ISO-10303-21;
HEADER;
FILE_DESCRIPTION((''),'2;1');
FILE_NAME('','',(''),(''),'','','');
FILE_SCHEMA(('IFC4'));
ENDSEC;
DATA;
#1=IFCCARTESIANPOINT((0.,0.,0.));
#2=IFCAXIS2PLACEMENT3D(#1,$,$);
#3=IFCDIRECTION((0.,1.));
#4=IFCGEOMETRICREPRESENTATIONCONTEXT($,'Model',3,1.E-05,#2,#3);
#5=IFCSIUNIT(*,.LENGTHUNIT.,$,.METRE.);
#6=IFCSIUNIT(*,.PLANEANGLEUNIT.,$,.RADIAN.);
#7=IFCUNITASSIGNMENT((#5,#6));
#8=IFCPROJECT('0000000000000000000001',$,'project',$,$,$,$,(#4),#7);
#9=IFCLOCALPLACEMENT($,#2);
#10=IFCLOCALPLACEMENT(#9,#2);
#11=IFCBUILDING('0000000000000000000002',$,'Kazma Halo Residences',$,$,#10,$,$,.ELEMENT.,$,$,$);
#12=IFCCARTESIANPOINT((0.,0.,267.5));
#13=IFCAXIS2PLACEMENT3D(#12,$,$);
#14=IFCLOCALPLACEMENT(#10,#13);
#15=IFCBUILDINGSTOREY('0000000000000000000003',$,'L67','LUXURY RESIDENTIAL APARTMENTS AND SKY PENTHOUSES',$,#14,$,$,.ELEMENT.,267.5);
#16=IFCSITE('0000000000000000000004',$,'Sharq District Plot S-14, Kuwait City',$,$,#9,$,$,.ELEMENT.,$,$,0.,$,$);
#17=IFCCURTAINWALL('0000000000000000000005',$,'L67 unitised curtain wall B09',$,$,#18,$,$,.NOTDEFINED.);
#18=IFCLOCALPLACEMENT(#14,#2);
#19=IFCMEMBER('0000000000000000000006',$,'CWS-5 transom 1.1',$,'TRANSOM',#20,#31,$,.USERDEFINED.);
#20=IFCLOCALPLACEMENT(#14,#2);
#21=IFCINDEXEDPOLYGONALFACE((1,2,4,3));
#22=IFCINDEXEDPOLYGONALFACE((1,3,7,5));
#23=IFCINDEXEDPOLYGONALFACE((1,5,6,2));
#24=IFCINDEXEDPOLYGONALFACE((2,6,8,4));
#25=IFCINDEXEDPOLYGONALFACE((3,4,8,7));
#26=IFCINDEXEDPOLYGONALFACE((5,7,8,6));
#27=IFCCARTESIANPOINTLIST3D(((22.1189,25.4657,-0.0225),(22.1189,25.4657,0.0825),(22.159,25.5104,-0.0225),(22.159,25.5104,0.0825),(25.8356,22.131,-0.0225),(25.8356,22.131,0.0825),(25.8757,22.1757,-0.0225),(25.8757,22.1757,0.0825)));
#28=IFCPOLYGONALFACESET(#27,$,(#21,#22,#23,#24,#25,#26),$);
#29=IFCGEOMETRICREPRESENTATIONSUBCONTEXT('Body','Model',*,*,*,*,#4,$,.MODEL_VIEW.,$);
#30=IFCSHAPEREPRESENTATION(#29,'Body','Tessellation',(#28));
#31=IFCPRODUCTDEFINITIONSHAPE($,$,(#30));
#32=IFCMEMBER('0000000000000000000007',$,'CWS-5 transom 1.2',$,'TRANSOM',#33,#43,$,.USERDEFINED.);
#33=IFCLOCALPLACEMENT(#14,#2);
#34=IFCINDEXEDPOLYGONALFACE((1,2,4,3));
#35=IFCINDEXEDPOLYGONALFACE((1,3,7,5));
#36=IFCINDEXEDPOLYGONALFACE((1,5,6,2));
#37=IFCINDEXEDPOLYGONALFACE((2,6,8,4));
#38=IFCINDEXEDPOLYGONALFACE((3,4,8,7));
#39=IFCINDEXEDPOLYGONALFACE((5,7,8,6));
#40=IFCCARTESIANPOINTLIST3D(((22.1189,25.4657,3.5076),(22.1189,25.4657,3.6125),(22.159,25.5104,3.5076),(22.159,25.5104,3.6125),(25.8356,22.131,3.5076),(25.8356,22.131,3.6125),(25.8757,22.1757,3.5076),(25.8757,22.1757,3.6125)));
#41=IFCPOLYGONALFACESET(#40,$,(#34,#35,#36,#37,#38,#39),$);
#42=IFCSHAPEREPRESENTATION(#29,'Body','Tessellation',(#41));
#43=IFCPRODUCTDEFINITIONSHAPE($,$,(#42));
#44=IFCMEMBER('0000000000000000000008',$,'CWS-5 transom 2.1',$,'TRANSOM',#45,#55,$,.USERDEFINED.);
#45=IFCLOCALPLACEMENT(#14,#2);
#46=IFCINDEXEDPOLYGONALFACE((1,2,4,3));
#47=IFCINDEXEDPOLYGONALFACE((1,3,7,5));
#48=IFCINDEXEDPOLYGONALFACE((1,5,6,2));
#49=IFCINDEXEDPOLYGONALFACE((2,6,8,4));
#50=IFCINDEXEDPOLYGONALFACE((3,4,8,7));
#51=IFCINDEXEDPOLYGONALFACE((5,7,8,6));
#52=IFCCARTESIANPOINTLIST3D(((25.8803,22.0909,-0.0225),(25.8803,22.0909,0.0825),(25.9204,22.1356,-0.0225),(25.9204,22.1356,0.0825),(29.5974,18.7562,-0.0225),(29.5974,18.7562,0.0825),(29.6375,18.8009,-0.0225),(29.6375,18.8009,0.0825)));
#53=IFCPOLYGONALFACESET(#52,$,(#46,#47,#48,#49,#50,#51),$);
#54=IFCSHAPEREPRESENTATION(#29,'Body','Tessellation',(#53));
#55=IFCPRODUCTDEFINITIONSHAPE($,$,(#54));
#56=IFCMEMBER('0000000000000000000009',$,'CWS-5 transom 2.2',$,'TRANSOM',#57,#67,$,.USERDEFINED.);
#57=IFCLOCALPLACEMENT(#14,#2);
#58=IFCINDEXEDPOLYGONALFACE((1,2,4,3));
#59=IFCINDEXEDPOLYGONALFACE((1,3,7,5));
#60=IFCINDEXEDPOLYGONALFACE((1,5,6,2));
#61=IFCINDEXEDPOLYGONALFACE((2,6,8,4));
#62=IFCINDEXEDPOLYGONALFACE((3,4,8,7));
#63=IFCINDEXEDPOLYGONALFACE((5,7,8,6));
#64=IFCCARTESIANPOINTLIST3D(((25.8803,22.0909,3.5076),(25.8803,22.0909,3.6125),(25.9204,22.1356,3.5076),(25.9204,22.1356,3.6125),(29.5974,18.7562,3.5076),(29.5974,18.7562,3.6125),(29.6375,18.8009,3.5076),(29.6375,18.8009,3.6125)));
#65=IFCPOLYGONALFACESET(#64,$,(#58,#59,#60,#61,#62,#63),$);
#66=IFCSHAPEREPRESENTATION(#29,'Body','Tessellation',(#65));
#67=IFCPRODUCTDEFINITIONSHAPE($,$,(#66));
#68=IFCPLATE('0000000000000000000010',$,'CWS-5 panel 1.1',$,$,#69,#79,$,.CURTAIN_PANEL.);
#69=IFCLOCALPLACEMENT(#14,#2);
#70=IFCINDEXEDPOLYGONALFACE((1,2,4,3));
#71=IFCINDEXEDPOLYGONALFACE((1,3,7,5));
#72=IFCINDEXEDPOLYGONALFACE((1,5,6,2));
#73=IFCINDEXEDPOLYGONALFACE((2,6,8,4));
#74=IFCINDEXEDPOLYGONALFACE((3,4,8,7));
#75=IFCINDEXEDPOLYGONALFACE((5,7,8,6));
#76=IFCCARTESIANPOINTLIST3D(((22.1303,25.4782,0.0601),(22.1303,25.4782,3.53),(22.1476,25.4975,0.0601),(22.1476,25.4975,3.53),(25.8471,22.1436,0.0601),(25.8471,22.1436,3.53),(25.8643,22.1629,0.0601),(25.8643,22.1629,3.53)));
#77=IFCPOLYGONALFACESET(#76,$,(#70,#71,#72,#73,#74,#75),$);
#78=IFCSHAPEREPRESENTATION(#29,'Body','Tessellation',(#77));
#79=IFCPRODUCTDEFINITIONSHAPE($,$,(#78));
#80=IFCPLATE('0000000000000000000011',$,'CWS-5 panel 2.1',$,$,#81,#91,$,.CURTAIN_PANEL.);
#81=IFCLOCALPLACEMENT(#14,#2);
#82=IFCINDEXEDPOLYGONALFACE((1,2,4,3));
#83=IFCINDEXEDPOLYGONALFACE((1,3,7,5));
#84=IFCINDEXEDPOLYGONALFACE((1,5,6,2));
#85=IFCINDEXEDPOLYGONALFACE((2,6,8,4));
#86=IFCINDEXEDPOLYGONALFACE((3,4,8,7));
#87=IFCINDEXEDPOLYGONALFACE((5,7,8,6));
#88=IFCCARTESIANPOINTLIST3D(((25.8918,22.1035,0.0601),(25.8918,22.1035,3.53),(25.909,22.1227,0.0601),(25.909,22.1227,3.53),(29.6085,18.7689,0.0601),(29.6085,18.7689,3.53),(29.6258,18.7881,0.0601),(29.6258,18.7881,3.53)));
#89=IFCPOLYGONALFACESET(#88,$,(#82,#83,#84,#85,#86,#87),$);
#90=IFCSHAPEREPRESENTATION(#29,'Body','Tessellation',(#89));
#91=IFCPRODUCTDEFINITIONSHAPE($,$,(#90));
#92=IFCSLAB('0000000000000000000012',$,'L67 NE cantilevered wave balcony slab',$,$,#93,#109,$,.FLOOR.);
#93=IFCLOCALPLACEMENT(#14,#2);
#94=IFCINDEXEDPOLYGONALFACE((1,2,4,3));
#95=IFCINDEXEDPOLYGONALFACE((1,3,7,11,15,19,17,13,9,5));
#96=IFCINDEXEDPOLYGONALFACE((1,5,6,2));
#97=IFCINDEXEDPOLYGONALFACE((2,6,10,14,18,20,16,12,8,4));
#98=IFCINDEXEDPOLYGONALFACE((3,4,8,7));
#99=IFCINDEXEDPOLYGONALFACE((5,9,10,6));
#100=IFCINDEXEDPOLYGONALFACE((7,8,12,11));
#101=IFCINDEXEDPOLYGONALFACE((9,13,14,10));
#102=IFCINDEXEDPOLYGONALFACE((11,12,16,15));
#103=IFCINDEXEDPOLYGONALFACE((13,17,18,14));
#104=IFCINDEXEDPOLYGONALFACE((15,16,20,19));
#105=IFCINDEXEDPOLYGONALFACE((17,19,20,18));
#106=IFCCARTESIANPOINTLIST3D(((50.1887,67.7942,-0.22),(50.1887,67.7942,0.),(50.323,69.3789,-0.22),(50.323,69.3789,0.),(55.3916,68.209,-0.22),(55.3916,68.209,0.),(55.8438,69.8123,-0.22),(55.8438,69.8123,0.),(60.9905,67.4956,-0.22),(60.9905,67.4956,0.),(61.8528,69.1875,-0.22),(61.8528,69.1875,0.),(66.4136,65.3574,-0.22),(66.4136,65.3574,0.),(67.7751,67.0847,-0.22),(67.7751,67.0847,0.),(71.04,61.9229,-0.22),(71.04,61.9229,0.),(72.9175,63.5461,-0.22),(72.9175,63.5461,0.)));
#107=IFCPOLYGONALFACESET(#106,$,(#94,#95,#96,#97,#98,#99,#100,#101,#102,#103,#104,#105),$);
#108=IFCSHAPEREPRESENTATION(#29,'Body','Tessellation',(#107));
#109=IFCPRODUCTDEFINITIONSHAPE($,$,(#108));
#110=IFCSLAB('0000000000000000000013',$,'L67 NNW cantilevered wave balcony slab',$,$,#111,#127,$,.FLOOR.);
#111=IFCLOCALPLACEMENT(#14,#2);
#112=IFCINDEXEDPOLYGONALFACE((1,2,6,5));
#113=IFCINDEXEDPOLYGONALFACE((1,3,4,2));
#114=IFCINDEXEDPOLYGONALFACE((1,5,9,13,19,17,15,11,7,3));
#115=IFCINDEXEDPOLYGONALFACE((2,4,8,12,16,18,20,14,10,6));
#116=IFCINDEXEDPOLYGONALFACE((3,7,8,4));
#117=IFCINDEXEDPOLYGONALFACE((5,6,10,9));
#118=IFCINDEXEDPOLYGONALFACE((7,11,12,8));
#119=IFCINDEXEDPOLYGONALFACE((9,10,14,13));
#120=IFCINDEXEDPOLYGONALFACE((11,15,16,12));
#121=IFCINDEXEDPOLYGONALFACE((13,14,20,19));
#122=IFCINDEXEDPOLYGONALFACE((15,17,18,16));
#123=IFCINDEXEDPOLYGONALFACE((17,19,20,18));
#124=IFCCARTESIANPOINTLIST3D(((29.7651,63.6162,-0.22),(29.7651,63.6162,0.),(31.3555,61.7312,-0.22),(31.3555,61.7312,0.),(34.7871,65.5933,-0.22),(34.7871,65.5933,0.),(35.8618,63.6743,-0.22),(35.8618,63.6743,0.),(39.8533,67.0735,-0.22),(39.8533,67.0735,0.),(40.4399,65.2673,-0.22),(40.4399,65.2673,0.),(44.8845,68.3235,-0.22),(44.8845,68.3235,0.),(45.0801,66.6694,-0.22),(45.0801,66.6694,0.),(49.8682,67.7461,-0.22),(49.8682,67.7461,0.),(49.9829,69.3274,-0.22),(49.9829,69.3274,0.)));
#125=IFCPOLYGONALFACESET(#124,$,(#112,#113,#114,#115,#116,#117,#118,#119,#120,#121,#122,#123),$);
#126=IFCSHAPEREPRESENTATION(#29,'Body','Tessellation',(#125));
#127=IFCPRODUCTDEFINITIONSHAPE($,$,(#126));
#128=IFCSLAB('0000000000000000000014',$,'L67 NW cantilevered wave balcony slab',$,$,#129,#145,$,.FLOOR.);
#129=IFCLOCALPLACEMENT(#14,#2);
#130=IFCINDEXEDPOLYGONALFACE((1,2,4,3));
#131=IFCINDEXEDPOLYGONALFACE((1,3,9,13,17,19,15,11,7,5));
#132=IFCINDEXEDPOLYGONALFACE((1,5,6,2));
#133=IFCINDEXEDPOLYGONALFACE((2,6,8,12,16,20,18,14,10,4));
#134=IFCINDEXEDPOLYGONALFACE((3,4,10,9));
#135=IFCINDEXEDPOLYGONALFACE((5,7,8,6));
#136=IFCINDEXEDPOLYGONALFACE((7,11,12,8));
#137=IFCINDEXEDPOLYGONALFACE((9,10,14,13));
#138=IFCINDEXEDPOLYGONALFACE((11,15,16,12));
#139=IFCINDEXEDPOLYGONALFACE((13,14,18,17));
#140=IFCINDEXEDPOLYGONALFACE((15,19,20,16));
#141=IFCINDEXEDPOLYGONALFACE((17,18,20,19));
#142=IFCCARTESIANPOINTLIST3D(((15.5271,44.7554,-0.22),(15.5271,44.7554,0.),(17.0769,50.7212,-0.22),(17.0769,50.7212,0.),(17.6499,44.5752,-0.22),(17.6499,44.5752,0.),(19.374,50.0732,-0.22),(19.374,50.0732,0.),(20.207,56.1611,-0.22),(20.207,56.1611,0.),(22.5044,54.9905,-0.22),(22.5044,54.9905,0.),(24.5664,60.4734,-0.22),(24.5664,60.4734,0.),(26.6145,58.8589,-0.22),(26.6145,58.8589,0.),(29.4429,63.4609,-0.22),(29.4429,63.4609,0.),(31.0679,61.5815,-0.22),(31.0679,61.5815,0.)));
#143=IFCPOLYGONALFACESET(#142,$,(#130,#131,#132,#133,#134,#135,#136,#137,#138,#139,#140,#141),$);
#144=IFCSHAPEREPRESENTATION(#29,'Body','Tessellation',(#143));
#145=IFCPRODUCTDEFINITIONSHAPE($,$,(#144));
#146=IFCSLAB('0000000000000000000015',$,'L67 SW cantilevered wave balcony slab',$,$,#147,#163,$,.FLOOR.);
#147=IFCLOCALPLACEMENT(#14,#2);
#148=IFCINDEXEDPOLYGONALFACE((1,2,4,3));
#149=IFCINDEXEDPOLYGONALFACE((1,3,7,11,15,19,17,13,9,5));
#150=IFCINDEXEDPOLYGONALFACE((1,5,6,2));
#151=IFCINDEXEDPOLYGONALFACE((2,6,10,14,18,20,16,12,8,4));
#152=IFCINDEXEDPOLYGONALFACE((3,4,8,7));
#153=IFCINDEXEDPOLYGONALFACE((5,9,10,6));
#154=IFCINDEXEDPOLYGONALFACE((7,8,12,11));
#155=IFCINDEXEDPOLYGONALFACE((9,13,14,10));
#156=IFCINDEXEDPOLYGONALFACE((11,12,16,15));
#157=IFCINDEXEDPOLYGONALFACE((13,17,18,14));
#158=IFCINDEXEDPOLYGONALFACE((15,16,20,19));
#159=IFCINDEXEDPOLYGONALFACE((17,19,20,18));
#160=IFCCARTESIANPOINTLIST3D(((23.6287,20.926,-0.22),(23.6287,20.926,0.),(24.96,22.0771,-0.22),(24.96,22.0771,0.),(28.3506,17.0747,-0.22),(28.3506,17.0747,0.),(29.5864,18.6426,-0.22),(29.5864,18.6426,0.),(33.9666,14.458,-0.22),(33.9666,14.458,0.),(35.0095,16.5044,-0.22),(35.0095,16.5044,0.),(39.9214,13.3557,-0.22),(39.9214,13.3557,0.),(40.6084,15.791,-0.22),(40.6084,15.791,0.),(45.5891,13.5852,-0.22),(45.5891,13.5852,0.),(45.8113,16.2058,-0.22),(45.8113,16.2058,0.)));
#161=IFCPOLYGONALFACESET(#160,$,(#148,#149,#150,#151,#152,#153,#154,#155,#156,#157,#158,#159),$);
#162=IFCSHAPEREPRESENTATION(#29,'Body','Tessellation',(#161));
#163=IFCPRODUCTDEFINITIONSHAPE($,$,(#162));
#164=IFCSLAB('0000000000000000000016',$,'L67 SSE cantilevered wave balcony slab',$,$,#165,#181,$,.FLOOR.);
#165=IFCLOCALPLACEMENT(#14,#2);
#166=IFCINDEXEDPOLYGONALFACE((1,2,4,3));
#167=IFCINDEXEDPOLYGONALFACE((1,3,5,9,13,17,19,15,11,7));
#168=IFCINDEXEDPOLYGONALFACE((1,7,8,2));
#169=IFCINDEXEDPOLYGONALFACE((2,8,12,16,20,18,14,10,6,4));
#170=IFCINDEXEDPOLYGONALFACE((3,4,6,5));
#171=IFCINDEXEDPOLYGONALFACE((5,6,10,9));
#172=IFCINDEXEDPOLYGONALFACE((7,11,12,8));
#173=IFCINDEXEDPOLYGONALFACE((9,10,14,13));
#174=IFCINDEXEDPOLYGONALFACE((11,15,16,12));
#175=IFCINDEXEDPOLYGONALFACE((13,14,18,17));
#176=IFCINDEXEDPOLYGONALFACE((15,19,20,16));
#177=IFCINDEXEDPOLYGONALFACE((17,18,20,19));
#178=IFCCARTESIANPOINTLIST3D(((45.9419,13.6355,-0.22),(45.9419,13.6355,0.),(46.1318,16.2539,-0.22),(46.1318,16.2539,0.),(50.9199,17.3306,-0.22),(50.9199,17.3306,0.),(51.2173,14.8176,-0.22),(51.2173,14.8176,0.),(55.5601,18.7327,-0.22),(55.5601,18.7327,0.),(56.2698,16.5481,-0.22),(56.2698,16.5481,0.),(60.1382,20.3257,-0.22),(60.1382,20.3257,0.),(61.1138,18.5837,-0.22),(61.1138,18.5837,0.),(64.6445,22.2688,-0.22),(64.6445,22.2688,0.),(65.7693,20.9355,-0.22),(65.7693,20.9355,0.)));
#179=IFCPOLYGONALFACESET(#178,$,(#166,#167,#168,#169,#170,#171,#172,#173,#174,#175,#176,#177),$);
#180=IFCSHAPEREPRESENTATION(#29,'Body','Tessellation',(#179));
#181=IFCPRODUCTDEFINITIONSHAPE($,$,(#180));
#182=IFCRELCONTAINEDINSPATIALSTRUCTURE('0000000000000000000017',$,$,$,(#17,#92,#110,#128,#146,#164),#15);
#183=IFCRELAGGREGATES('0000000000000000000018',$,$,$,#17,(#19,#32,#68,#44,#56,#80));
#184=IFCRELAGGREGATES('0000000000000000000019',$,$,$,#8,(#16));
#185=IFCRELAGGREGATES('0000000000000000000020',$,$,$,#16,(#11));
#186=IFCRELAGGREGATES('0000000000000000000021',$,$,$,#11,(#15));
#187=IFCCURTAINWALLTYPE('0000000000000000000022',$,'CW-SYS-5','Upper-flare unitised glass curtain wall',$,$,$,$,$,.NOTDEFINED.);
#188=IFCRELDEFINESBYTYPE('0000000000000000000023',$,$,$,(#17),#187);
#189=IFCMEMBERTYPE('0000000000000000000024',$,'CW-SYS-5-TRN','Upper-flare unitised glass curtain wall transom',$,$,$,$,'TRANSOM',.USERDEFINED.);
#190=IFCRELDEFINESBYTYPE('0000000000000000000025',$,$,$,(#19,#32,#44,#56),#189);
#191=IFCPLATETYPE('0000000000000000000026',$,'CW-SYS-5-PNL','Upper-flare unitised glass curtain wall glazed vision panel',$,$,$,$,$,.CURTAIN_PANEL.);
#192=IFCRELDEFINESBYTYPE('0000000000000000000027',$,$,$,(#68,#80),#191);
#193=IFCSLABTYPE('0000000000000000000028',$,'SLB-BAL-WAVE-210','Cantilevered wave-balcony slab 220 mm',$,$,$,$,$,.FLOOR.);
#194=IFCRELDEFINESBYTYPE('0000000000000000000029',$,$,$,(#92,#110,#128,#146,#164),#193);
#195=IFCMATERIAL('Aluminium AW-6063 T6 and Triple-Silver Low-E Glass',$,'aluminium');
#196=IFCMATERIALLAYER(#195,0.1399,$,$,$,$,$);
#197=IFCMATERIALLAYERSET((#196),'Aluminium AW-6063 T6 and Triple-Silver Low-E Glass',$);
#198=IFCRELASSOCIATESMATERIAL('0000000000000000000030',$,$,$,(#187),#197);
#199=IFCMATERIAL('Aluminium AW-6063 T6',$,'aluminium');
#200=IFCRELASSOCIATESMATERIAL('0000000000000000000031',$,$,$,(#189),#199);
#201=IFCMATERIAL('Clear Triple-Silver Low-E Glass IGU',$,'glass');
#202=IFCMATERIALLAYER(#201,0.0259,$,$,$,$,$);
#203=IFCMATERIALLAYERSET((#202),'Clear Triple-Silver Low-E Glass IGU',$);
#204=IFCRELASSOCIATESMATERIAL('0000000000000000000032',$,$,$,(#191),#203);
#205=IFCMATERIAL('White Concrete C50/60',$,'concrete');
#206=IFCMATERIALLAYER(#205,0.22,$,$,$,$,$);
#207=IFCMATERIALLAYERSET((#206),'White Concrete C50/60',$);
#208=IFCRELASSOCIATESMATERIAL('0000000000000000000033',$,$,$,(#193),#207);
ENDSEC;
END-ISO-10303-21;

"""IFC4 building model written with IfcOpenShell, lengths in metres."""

from ifc_helpers import new_model, si_unit, direction, frame, origin, origin_2d, place, context, subcontext, project, spatial, polyline, rectangle, outline, extrude, material, layer, layer_set, material_profile, profile_set, type_object, element, aggregate, save


model = new_model("IFC4")

# Units and contexts
model_context = context("Model", 3, precision=1e-05, world=origin(), true_north=direction((0.0, 1.0)))
body_context = subcontext(model_context, "Body", "Model", "MODEL_VIEW")
ifc_project = project(units=[si_unit("LENGTHUNIT", "METRE"), si_unit("PLANEANGLEUNIT", "RADIAN")], contexts=[model_context])

# Site, building, storey
site_placement = place(None, origin())
site = spatial("IfcSite", under=ifc_project, at=site_placement, Name="Sharq District Plot S-14, Kuwait City", CompositionType="ELEMENT", RefElevation=0.0)
building_placement = place(site_placement, origin())
building = spatial("IfcBuilding", under=site, at=building_placement, Name="Kazma Halo Residences", CompositionType="ELEMENT")
storey_placement = place(building_placement, frame((0.0, 0.0, 267.5)))
storey = spatial("IfcBuildingStorey", under=building, at=storey_placement, Name="L67", Description="LUXURY RESIDENTIAL APARTMENTS AND SKY PENTHOUSES", CompositionType="ELEMENT", Elevation=267.5)

# Curtain wall, members, plates
ifc_material_1 = material(Name="Aluminium AW-6063 T6 and Triple-Silver Low-E Glass", Category="aluminium")
ifc_layer_1 = layer(ifc_material_1, 0.1399)
ifc_layer_set_1 = layer_set([ifc_layer_1], Name="Aluminium AW-6063 T6 and Triple-Silver Low-E Glass")
curtain_wall_type = type_object("IfcCurtainWallType", Name="CW-SYS-5", Description="Upper-flare unitised glass curtain wall", PredefinedType="NOTDEFINED", material=ifc_layer_set_1)
curtain_wall_placement = place(storey_placement, origin())
curtain_wall = element("IfcCurtainWall", 1, at=curtain_wall_placement, inside=storey, type_object=curtain_wall_type, Name="L67 unitised curtain wall B09", PredefinedType="NOTDEFINED")
ifc_material_2 = material(Name="Aluminium AW-6063 T6", Category="aluminium")
ifc_material_profile_1 = material_profile(ifc_material_2, rectangle(XDim=0.0601, YDim=0.105, at=origin_2d()), Name="CWT-60x105")
ifc_profile_set_1 = profile_set([ifc_material_profile_1], Name="Aluminium AW-6063 T6")
member_type_1 = type_object("IfcMemberType", Name="CW-SYS-5-TRN", Description="Upper-flare unitised glass curtain wall transom", ElementType="TRANSOM", PredefinedType="USERDEFINED", material=ifc_profile_set_1)
member_1_placement = place(storey_placement, frame((22.1389, 25.488, 0.03), z_axis=(0.744329, -0.667813, 0.0), x_axis=(0.667813, 0.744329, 0.0)))
member_1 = element("IfcMember", 2, at=member_1_placement, type_object=member_type_1, Name="CWS-5 transom 1.1", ObjectType="TRANSOM", PredefinedType="USERDEFINED", context=body_context, shape_type="SweptSolid", body=[
    extrude(rectangle(XDim=0.0601, YDim=0.105, at=origin_2d()), origin(), (0.0, 0.0, 1.0), 4.9934),
])
member_2_placement = place(storey_placement, frame((22.1389, 25.488, 3.5601), z_axis=(0.744329, -0.667813, 0.0), x_axis=(0.667813, 0.744329, 0.0)))
member_2 = element("IfcMember", 3, at=member_2_placement, type_object=member_type_1, Name="CWS-5 transom 1.2", ObjectType="TRANSOM", PredefinedType="USERDEFINED", context=body_context, shape_type="SweptSolid", body=[
    extrude(rectangle(XDim=0.0601, YDim=0.105, at=origin_2d()), origin(), (0.0, 0.0, 1.0), 4.9934),
])
member_3_placement = place(storey_placement, frame((25.9004, 22.1133, 0.03), z_axis=(0.744351, -0.667789, 0.0), x_axis=(0.667789, 0.744351, 0.0)))
member_3 = element("IfcMember", 4, at=member_3_placement, type_object=member_type_1, Name="CWS-5 transom 2.1", ObjectType="TRANSOM", PredefinedType="USERDEFINED", context=body_context, shape_type="SweptSolid", body=[
    extrude(rectangle(XDim=0.0601, YDim=0.105, at=origin_2d()), origin(), (0.0, 0.0, 1.0), 4.9937),
])
member_4_placement = place(storey_placement, frame((25.9004, 22.1133, 3.5601), z_axis=(0.744351, -0.667789, 0.0), x_axis=(0.667789, 0.744351, 0.0)))
member_4 = element("IfcMember", 5, at=member_4_placement, type_object=member_type_1, Name="CWS-5 transom 2.2", ObjectType="TRANSOM", PredefinedType="USERDEFINED", context=body_context, shape_type="SweptSolid", body=[
    extrude(rectangle(XDim=0.0601, YDim=0.105, at=origin_2d()), origin(), (0.0, 0.0, 1.0), 4.9937),
])
ifc_material_3 = material(Name="Clear Triple-Silver Low-E Glass IGU", Category="glass")
ifc_layer_2 = layer(ifc_material_3, 0.0259)
ifc_layer_set_2 = layer_set([ifc_layer_2], Name="Clear Triple-Silver Low-E Glass IGU")
plate_type = type_object("IfcPlateType", Name="CW-SYS-5-PNL", Description="Upper-flare unitised glass curtain wall glazed vision panel", PredefinedType="CURTAIN_PANEL", material=ifc_layer_set_2)
plate_1_placement = place(storey_placement, frame((23.9973, 23.8206, 0.0601), z_axis=(0.0, 0.0, 1.0), x_axis=(0.744336, -0.667805, 0.0)))
plate_1 = element("IfcPlate", 6, at=plate_1_placement, type_object=plate_type, Name="CWS-5 panel 1.1", PredefinedType="CURTAIN_PANEL", context=body_context, shape_type="SweptSolid", body=[
    extrude(rectangle(XDim=4.9934, YDim=0.0259, at=origin_2d()), origin(), (0.0, 0.0, 1.0), 3.47),
])
plate_2_placement = place(storey_placement, frame((27.7588, 20.4458, 0.0601), z_axis=(0.0, 0.0, 1.0), x_axis=(0.744336, -0.667805, 0.0)))
plate_2 = element("IfcPlate", 7, at=plate_2_placement, type_object=plate_type, Name="CWS-5 panel 2.1", PredefinedType="CURTAIN_PANEL", context=body_context, shape_type="SweptSolid", body=[
    extrude(rectangle(XDim=4.9934, YDim=0.0259, at=origin_2d()), origin(), (0.0, 0.0, 1.0), 3.47),
])
aggregate(curtain_wall, [member_1, member_2, plate_1, member_3, member_4, plate_2])

# Slabs
ifc_material_4 = material(Name="White Concrete C50/60", Category="concrete")
ifc_layer_3 = layer(ifc_material_4, 0.22)
ifc_layer_set_3 = layer_set([ifc_layer_3], Name="White Concrete C50/60")
slab_type_1 = type_object("IfcSlabType", Name="SLB-BAL-WAVE-210", Description="Cantilevered wave-balcony slab 220 mm", PredefinedType="FLOOR", material=ifc_layer_set_3)
slab_1_placement = place(storey_placement, frame((0.0, 0.0, -0.22)))
element("IfcSlab", 8, at=slab_1_placement, inside=storey, type_object=slab_type_1, Name="L67 NE cantilevered wave balcony slab", PredefinedType="FLOOR", context=body_context, shape_type="SweptSolid", body=[
    extrude(outline(polyline([(71.04, 61.9229), (66.4136, 65.3574), (60.9905, 67.4956), (55.3916, 68.209), (50.1887, 67.7942), (50.323, 69.3789), (55.8438, 69.8123), (61.8528, 69.1875), (67.7751, 67.0847), (72.9175, 63.5461), (71.04, 61.9229)])), origin(), (0.0, 0.0, 1.0), 0.22),
])
slab_2_placement = place(storey_placement, frame((0.0, 0.0, -0.22)))
element("IfcSlab", 9, at=slab_2_placement, inside=storey, type_object=slab_type_1, Name="L67 NNW cantilevered wave balcony slab", PredefinedType="FLOOR", context=body_context, shape_type="SweptSolid", body=[
    extrude(outline(polyline([(49.8682, 67.7461), (45.0801, 66.6694), (40.4399, 65.2673), (35.8618, 63.6743), (31.3555, 61.7312), (29.7651, 63.6162), (34.7871, 65.5933), (39.8533, 67.0735), (44.8845, 68.3235), (49.9829, 69.3274), (49.8682, 67.7461)])), origin(), (0.0, 0.0, 1.0), 0.22),
])
slab_3_placement = place(storey_placement, frame((0.0, 0.0, -0.22)))
element("IfcSlab", 10, at=slab_3_placement, inside=storey, type_object=slab_type_1, Name="L67 NW cantilevered wave balcony slab", PredefinedType="FLOOR", context=body_context, shape_type="SweptSolid", body=[
    extrude(outline(polyline([(31.0679, 61.5815), (26.6145, 58.8589), (22.5044, 54.9905), (19.374, 50.0732), (17.6499, 44.5752), (15.5271, 44.7554), (17.0769, 50.7212), (20.207, 56.1611), (24.5664, 60.4734), (29.4429, 63.4609), (31.0679, 61.5815)])), origin(), (0.0, 0.0, 1.0), 0.22),
])
slab_4_placement = place(storey_placement, frame((0.0, 0.0, -0.22)))
element("IfcSlab", 11, at=slab_4_placement, inside=storey, type_object=slab_type_1, Name="L67 SW cantilevered wave balcony slab", PredefinedType="FLOOR", context=body_context, shape_type="SweptSolid", body=[
    extrude(outline(polyline([(24.96, 22.0771), (29.5864, 18.6426), (35.0095, 16.5044), (40.6084, 15.791), (45.8113, 16.2058), (45.5891, 13.5852), (39.9214, 13.3557), (33.9666, 14.458), (28.3506, 17.0747), (23.6287, 20.926), (24.96, 22.0771)])), origin(), (0.0, 0.0, 1.0), 0.22),
])
slab_5_placement = place(storey_placement, frame((0.0, 0.0, -0.22)))
element("IfcSlab", 12, at=slab_5_placement, inside=storey, type_object=slab_type_1, Name="L67 SSE cantilevered wave balcony slab", PredefinedType="FLOOR", context=body_context, shape_type="SweptSolid", body=[
    extrude(outline(polyline([(46.1318, 16.2539), (50.9199, 17.3306), (55.5601, 18.7327), (60.1382, 20.3257), (64.6445, 22.2688), (65.7693, 20.9355), (61.1138, 18.5837), (56.2698, 16.5481), (51.2173, 14.8176), (45.9419, 13.6355), (46.1318, 16.2539)])), origin(), (0.0, 0.0, 1.0), 0.22),
])

save(model, "model.ifc")
